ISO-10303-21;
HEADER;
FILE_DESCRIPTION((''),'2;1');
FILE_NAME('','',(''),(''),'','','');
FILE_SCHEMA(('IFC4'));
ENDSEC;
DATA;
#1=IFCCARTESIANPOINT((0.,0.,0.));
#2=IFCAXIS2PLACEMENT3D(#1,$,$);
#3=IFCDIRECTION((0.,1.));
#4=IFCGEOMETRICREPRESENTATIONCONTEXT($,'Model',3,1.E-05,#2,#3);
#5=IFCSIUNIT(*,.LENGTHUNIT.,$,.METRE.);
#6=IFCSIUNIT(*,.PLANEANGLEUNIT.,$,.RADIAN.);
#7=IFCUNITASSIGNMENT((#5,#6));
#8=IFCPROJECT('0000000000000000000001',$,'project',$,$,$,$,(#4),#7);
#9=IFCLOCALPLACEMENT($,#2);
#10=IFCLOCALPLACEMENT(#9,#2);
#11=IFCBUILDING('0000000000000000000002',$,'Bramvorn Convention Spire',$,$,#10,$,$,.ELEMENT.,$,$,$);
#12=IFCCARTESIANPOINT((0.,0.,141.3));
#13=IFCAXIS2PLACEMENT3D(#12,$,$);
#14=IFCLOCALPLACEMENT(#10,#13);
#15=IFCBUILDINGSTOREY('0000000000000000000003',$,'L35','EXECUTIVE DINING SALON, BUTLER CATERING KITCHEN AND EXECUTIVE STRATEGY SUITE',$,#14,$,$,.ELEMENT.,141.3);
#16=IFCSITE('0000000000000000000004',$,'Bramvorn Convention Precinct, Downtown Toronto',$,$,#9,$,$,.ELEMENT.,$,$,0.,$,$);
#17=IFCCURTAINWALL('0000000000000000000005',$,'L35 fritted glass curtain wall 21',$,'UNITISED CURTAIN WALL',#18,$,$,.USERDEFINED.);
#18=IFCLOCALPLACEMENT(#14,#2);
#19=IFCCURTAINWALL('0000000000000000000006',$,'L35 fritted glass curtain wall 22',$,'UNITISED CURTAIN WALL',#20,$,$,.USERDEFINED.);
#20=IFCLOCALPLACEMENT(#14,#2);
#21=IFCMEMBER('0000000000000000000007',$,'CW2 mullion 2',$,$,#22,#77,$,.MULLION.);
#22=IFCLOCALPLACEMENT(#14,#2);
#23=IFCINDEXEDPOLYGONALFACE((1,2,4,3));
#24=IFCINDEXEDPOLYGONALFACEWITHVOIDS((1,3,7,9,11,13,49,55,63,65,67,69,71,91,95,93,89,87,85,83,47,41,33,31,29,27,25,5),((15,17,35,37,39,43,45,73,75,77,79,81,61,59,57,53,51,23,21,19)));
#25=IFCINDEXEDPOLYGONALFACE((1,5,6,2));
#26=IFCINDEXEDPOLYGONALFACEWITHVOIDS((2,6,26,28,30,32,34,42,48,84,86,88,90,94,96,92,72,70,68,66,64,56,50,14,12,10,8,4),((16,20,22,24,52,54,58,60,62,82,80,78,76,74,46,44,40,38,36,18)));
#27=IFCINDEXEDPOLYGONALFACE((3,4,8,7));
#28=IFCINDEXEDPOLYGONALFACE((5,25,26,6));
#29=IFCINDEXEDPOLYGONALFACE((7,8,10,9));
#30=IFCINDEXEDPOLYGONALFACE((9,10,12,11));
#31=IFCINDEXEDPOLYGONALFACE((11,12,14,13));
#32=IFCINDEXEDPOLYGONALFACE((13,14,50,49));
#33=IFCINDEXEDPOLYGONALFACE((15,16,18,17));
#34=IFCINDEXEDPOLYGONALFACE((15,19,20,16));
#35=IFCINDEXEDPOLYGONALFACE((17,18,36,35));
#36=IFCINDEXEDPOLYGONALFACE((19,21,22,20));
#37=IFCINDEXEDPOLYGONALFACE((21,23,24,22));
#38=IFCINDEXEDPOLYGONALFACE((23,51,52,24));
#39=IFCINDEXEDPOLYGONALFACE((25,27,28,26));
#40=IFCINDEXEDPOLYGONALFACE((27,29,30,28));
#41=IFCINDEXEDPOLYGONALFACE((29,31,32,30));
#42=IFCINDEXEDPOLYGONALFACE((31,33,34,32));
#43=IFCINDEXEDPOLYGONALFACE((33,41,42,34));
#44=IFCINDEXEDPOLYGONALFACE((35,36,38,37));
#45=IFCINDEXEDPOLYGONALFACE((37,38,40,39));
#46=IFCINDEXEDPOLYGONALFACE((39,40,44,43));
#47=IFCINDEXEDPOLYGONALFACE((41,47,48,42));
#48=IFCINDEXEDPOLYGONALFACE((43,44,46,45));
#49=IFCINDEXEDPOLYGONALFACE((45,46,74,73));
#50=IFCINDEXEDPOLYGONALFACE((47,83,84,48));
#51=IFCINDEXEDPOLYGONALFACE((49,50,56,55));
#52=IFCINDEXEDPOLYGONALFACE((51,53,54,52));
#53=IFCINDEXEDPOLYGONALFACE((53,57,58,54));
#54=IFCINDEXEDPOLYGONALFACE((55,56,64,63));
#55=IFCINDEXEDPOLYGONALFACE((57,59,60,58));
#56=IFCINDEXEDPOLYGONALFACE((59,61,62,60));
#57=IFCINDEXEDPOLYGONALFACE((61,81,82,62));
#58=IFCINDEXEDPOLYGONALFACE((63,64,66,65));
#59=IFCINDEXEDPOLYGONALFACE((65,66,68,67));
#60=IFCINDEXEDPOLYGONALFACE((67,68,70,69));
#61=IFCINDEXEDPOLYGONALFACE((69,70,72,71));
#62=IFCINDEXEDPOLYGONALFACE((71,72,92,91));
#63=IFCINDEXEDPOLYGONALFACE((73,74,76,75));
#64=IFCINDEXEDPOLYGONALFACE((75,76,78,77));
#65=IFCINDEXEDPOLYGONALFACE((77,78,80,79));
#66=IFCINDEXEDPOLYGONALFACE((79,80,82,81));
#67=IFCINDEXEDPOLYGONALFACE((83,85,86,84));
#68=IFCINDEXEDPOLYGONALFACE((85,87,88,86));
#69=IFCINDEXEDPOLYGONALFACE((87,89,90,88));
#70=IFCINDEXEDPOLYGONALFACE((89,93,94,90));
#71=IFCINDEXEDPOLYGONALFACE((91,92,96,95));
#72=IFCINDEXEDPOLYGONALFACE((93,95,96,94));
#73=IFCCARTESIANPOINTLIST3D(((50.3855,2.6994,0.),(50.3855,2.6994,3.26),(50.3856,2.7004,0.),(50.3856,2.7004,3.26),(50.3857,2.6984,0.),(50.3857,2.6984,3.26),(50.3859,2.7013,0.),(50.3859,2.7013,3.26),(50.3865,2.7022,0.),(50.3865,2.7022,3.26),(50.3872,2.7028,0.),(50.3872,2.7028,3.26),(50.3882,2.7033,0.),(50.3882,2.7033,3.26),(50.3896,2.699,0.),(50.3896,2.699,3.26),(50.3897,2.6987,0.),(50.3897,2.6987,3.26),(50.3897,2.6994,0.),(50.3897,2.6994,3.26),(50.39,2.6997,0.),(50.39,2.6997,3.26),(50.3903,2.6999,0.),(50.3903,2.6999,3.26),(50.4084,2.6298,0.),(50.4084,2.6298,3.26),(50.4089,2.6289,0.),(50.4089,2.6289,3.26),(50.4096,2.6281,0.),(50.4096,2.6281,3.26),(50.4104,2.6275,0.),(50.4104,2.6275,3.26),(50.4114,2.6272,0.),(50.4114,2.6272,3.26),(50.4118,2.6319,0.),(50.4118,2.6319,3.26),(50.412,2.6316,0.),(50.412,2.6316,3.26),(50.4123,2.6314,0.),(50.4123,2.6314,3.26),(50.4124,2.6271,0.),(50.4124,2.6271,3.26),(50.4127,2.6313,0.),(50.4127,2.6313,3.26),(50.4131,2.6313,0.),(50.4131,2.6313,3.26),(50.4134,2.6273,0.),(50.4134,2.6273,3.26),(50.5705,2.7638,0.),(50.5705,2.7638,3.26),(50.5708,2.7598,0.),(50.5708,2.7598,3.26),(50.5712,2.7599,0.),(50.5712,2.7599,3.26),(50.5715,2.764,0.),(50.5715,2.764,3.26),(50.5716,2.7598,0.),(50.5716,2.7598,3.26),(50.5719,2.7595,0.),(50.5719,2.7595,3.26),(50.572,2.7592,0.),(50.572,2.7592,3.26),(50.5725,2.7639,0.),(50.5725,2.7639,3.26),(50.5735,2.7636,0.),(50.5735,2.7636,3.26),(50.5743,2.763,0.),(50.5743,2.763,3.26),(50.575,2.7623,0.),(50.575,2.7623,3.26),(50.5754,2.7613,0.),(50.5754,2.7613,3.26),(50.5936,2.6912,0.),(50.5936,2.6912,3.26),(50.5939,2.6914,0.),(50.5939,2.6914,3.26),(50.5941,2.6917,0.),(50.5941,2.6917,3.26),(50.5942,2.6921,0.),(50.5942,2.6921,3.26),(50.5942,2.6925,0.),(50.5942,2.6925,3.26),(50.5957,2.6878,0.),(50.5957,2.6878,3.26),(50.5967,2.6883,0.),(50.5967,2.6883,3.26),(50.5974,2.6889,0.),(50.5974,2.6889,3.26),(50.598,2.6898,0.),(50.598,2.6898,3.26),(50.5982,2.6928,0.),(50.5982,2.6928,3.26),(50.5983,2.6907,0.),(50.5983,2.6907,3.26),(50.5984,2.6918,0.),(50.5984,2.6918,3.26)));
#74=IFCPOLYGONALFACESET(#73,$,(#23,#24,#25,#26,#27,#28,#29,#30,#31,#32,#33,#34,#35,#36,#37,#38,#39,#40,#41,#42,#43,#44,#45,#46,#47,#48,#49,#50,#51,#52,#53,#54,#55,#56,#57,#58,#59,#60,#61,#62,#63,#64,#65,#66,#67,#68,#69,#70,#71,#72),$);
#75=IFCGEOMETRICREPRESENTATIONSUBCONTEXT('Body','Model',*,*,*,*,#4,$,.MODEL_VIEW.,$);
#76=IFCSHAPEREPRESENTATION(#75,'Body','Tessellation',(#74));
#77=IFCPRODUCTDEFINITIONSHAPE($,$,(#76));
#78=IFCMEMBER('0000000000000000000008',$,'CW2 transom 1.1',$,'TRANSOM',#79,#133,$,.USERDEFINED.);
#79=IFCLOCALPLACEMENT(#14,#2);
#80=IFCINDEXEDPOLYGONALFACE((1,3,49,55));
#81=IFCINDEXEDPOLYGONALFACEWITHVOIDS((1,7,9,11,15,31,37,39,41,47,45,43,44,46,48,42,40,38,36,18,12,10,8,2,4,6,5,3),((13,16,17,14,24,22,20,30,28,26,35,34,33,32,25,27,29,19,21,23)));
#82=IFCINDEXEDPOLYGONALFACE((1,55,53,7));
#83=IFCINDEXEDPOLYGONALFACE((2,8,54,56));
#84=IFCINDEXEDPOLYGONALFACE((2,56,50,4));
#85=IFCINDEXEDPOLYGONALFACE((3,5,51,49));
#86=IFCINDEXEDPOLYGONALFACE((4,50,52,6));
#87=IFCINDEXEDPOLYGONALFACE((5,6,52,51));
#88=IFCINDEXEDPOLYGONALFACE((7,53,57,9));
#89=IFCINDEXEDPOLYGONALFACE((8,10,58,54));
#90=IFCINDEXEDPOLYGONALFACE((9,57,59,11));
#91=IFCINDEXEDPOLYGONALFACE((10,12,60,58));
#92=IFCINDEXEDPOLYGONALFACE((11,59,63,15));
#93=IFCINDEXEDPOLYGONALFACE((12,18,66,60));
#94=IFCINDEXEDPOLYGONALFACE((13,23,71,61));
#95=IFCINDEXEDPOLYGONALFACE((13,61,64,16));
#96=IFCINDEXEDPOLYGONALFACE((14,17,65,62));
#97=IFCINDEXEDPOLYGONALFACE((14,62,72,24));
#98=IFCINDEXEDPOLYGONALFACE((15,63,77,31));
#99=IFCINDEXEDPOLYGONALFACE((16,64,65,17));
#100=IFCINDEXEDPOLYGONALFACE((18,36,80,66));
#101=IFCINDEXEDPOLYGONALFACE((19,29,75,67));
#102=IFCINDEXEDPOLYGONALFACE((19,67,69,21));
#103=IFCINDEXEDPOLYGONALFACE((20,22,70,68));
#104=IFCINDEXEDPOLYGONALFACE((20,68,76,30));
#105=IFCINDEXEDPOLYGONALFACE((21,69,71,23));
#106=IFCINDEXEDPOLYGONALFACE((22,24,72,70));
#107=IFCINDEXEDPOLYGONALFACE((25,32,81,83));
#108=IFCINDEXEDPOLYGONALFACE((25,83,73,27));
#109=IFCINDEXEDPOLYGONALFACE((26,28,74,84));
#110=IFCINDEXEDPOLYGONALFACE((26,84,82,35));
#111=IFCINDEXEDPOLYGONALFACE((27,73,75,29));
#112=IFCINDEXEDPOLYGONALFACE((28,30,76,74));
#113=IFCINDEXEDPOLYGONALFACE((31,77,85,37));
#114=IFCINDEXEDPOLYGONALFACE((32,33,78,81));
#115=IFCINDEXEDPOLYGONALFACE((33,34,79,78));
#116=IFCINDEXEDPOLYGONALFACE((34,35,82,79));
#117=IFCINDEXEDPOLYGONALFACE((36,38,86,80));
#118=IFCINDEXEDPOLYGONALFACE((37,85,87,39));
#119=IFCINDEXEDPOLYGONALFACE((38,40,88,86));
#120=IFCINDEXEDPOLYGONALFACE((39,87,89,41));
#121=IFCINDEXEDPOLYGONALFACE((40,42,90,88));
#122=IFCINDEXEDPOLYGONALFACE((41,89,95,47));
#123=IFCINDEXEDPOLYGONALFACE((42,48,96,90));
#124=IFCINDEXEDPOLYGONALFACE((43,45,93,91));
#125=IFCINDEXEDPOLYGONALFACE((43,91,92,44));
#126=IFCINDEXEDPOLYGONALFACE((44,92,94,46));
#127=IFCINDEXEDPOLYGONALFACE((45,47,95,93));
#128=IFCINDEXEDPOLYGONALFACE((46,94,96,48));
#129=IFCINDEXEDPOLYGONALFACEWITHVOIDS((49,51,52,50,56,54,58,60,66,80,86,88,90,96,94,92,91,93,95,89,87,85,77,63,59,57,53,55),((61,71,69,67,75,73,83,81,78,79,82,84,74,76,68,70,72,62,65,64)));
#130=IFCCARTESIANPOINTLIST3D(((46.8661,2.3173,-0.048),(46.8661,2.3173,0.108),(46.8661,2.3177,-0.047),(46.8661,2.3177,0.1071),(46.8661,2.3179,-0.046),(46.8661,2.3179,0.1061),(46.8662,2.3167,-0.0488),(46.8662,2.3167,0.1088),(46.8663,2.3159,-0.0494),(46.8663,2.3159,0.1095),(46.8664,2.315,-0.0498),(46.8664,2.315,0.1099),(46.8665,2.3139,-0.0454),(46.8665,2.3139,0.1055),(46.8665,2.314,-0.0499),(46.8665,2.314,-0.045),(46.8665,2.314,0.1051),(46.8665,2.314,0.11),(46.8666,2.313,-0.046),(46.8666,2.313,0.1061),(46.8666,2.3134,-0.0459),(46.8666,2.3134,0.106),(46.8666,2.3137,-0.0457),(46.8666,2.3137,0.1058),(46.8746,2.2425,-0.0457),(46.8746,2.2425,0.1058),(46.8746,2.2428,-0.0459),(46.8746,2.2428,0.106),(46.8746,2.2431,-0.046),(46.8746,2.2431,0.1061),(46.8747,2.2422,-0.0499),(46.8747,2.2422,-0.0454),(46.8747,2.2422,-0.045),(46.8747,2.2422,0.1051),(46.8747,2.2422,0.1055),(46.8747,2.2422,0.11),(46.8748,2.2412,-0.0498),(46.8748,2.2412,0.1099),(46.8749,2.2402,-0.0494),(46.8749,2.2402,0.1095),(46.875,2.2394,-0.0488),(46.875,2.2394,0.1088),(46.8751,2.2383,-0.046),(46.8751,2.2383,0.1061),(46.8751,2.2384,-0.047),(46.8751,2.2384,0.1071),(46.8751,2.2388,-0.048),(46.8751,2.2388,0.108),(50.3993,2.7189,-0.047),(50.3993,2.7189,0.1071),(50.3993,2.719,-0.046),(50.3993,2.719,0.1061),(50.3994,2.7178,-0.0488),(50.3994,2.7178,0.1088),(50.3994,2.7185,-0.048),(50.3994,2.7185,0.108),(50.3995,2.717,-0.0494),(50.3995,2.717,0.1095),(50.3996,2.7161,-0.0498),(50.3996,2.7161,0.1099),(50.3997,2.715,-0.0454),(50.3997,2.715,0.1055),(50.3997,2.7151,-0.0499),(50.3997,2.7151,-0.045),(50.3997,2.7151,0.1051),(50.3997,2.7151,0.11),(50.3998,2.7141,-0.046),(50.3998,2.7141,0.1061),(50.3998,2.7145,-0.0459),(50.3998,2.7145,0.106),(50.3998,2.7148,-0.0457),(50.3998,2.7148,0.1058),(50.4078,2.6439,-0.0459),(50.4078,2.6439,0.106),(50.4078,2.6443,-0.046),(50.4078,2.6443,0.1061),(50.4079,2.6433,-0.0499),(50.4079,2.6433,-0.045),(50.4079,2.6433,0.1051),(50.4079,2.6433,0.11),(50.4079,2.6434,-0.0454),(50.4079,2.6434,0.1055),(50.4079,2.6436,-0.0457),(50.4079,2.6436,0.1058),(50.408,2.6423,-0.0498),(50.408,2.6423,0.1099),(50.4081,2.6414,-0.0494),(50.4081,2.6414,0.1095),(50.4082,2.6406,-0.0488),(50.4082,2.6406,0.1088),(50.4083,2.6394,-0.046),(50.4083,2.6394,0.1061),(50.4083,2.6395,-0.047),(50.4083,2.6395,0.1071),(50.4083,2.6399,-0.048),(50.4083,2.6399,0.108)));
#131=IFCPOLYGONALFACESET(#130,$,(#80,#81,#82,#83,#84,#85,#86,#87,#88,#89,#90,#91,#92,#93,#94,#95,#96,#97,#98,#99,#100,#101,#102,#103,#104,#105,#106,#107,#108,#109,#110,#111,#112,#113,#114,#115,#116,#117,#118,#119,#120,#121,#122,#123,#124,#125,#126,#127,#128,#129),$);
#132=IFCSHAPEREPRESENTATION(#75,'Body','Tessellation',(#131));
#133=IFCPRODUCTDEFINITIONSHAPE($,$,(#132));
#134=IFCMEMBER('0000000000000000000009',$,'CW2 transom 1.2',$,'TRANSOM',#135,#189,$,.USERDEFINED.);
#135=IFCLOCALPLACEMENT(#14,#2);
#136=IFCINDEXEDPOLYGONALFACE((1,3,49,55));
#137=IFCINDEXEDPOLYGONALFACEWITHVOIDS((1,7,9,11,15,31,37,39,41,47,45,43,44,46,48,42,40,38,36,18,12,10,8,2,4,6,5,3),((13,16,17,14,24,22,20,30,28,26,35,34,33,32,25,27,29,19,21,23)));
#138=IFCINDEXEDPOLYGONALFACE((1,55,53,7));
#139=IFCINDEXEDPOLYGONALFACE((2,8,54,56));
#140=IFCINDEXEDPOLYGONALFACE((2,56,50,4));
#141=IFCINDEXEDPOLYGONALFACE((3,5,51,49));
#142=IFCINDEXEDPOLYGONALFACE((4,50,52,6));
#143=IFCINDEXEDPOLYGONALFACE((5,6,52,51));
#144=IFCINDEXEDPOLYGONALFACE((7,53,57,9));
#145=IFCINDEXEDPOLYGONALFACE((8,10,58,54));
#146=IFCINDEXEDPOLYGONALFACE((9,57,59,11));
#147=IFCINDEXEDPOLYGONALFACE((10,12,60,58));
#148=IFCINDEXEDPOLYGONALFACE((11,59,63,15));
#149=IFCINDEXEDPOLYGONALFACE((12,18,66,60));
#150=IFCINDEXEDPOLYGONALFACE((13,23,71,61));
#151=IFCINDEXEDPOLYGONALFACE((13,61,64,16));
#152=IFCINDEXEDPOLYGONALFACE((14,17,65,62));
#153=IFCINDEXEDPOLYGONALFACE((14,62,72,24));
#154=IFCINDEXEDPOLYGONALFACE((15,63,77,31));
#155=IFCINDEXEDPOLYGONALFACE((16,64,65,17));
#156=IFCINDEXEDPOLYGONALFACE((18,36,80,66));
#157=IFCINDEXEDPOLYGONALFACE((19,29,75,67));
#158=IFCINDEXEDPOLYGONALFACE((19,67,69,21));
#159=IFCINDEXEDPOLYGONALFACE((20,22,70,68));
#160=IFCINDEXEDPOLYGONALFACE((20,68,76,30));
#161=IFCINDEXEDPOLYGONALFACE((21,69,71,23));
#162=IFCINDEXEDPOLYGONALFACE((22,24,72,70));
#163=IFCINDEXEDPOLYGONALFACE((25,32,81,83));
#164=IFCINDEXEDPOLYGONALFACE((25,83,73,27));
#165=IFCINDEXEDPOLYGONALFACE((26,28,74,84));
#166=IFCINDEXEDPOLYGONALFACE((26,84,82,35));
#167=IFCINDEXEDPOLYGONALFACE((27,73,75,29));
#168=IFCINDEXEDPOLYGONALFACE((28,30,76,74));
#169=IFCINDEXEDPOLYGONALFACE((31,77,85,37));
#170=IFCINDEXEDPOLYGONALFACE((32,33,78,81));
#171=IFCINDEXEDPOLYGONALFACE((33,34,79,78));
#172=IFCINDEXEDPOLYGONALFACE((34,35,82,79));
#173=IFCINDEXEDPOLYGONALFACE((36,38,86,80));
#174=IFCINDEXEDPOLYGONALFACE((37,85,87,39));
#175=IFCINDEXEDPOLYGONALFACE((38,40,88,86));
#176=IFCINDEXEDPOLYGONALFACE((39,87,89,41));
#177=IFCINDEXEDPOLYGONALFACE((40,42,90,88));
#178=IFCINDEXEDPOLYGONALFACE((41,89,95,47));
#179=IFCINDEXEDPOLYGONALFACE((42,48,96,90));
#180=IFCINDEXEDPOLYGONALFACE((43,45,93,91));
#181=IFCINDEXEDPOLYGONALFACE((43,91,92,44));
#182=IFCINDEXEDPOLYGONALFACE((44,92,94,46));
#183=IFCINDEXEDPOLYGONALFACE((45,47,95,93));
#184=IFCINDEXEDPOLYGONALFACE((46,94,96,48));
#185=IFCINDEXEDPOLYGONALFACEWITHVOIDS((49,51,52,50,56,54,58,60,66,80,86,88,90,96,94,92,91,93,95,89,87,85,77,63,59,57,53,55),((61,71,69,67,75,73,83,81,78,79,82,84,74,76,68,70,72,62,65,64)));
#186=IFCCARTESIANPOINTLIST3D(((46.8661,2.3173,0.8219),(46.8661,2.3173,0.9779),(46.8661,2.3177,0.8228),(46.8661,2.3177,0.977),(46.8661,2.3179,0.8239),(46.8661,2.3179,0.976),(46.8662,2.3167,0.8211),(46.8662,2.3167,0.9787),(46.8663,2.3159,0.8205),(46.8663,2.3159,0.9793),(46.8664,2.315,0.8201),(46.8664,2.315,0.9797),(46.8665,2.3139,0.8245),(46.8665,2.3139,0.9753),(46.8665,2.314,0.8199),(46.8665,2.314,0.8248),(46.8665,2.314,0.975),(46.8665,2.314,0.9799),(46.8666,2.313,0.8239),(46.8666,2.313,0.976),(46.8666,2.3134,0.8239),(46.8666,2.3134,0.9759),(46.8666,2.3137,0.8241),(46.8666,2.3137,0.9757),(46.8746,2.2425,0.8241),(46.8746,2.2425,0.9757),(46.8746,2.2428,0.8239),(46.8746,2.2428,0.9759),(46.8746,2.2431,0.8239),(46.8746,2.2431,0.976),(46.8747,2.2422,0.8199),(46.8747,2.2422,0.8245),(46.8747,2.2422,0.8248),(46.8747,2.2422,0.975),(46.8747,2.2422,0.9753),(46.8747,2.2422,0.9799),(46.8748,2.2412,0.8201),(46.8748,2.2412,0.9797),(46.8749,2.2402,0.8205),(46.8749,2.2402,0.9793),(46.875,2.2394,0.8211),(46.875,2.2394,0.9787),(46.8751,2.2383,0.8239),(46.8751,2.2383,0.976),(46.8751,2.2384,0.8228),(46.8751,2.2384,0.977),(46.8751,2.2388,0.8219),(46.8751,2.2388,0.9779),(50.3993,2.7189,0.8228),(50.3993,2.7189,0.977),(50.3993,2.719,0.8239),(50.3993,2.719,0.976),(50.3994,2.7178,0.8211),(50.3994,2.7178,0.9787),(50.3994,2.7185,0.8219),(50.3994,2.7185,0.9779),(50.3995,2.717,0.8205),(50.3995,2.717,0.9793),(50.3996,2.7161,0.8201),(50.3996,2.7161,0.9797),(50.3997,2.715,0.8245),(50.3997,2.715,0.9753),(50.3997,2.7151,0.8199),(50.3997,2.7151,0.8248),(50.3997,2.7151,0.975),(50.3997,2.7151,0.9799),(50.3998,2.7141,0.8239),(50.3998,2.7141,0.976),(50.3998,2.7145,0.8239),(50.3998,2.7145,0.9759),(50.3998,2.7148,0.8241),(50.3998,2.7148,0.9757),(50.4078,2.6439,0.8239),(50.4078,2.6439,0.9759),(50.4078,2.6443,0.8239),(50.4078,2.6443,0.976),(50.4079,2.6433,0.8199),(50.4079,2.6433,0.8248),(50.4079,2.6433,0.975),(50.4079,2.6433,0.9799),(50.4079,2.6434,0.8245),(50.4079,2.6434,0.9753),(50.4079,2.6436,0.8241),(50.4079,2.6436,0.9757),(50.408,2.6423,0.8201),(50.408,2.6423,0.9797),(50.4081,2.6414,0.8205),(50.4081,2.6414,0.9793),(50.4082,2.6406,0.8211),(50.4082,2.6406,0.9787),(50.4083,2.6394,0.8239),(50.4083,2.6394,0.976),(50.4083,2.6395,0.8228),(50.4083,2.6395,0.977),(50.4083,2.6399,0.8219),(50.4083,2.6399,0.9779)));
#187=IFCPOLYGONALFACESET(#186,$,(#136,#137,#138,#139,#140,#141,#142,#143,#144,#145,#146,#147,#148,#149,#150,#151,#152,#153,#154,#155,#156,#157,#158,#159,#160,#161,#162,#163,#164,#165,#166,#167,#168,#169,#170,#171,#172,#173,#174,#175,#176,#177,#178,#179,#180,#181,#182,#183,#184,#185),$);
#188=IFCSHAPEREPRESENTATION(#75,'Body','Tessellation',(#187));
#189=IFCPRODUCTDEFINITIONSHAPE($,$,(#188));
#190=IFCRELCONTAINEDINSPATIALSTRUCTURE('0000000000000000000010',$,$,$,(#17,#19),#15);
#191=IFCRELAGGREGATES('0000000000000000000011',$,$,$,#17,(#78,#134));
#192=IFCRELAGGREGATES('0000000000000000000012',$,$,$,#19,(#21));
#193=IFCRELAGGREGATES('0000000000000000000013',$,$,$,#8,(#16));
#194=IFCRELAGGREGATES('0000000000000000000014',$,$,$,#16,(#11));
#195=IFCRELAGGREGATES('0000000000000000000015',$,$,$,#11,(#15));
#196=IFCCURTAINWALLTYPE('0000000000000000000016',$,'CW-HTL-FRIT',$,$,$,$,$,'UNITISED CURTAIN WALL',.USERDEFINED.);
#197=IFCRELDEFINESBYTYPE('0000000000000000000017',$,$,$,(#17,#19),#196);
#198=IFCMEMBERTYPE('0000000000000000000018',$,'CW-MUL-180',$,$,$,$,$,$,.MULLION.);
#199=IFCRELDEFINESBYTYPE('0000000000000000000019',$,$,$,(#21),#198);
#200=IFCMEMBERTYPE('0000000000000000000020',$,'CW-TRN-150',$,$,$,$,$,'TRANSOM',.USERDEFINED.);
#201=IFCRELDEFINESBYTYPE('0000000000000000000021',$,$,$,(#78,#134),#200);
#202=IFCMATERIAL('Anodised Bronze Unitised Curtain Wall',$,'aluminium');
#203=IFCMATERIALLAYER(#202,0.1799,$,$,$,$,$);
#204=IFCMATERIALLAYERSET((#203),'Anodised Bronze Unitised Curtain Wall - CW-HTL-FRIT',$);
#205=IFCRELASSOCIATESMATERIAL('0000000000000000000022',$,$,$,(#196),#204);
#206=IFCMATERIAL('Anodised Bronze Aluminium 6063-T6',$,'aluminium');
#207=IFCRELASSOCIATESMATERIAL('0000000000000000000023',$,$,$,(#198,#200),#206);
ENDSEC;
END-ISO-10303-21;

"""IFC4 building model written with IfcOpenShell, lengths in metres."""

from ifc_helpers import new_model, si_unit, direction, frame, origin, origin_2d, place, context, subcontext, project, spatial, hollow_rectangle, extrude, material, layer, layer_set, material_profile, profile_set, type_object, element, aggregate, save


model = new_model("IFC4")

# Units and contexts
model_context = context("Model", 3, precision=1e-05, world=origin(), true_north=direction((0.0, 1.0)))
body_context = subcontext(model_context, "Body", "Model", "MODEL_VIEW")
ifc_project = project(units=[si_unit("LENGTHUNIT", "METRE"), si_unit("PLANEANGLEUNIT", "RADIAN")], contexts=[model_context])

# Site, building, storey
site_placement = place(None, origin())
site = spatial("IfcSite", under=ifc_project, at=site_placement, Name="Bramvorn Convention Precinct, Downtown Toronto", CompositionType="ELEMENT", RefElevation=0.0)
building_placement = place(site_placement, origin())
building = spatial("IfcBuilding", under=site, at=building_placement, Name="Bramvorn Convention Spire", CompositionType="ELEMENT")
storey_placement = place(building_placement, frame((0.0, 0.0, 141.3)))
storey = spatial("IfcBuildingStorey", under=building, at=storey_placement, Name="L35", Description="EXECUTIVE DINING SALON, BUTLER CATERING KITCHEN AND EXECUTIVE STRATEGY SUITE", CompositionType="ELEMENT", Elevation=141.3)

# Curtain wall
ifc_material_1 = material(Name="Anodised Bronze Unitised Curtain Wall", Category="aluminium")
ifc_layer_1 = layer(ifc_material_1, 0.1799)
ifc_layer_set_1 = layer_set([ifc_layer_1], Name="Anodised Bronze Unitised Curtain Wall - CW-HTL-FRIT")
curtain_wall_type = type_object("IfcCurtainWallType", Name="CW-HTL-FRIT", ElementType="UNITISED CURTAIN WALL", PredefinedType="USERDEFINED", material=ifc_layer_set_1)
curtain_wall_1_placement = place(storey_placement, origin())
curtain_wall_1 = element("IfcCurtainWall", 1, at=curtain_wall_1_placement, inside=storey, type_object=curtain_wall_type, Name="L35 fritted glass curtain wall 21", ObjectType="UNITISED CURTAIN WALL", PredefinedType="USERDEFINED")
ifc_material_2 = material(Name="Anodised Bronze Aluminium 6063-T6", Category="aluminium")
ifc_material_profile_1 = material_profile(ifc_material_2, hollow_rectangle(XDim=0.0801, YDim=0.2, WallThickness=0.0039, InnerFilletRadius=0.001, OuterFilletRadius=0.0039, at=origin_2d()))
ifc_profile_set_1 = profile_set([ifc_material_profile_1], Name="Anodised Bronze Aluminium 6063-T6 - CWM80X200")
member_type_1 = type_object("IfcMemberType", Name="CW-MUL-180", PredefinedType="MULLION", material=ifc_profile_set_1)

# Curtain wall, member
curtain_wall_2_placement = place(storey_placement, origin())
curtain_wall_2 = element("IfcCurtainWall", 2, at=curtain_wall_2_placement, inside=storey, type_object=curtain_wall_type, Name="L35 fritted glass curtain wall 22", ObjectType="UNITISED CURTAIN WALL", PredefinedType="USERDEFINED")
member_1_placement = place(storey_placement, frame((50.4919, 2.6956, 0.0), z_axis=(0.0, 0.0, 1.0), x_axis=(0.31503, -0.949082, 0.0)))
member_1 = element("IfcMember", 3, at=member_1_placement, type_object=member_type_1, Name="CW2 mullion 2", PredefinedType="MULLION", context=body_context, shape_type="SweptSolid", body=[
    extrude(hollow_rectangle(XDim=0.0801, YDim=0.2, WallThickness=0.0039, InnerFilletRadius=0.001, OuterFilletRadius=0.0039, at=origin_2d()), origin(), (0.0, 0.0, 1.0), 3.26),
])

# Members
ifc_material_profile_2 = material_profile(ifc_material_2, hollow_rectangle(XDim=0.0801, YDim=0.1599, WallThickness=0.0039, InnerFilletRadius=0.001, OuterFilletRadius=0.0039, at=origin_2d()))
ifc_profile_set_2 = profile_set([ifc_material_profile_2], Name="Anodised Bronze Aluminium 6063-T6 - CWT80X160")
member_type_2 = type_object("IfcMemberType", Name="CW-TRN-150", ElementType="TRANSOM", PredefinedType="USERDEFINED", material=ifc_profile_set_2)
member_2_placement = place(storey_placement, frame((50.4038, 2.6792, 0.03), z_axis=(-0.993617, -0.112805, 0.0), x_axis=(0.112805, -0.993617, 0.0)))
member_2 = element("IfcMember", 4, at=member_2_placement, type_object=member_type_2, Name="CW2 transom 1.1", ObjectType="TRANSOM", PredefinedType="USERDEFINED", context=body_context, shape_type="SweptSolid", body=[
    extrude(hollow_rectangle(XDim=0.0801, YDim=0.1599, WallThickness=0.0039, InnerFilletRadius=0.001, OuterFilletRadius=0.0039, at=origin_2d()), origin(), (0.0, 0.0, 1.0), 3.5559),
])
member_3_placement = place(storey_placement, frame((50.4038, 2.6792, 0.8999), z_axis=(-0.993617, -0.112805, 0.0), x_axis=(0.112805, -0.993617, 0.0)))
member_3 = element("IfcMember", 5, at=member_3_placement, type_object=member_type_2, Name="CW2 transom 1.2", ObjectType="TRANSOM", PredefinedType="USERDEFINED", context=body_context, shape_type="SweptSolid", body=[
    extrude(hollow_rectangle(XDim=0.0801, YDim=0.1599, WallThickness=0.0039, InnerFilletRadius=0.001, OuterFilletRadius=0.0039, at=origin_2d()), origin(), (0.0, 0.0, 1.0), 3.5559),
])

aggregate(curtain_wall_1, [member_2, member_3])
aggregate(curtain_wall_2, [member_1])

save(model, "model.ifc")
